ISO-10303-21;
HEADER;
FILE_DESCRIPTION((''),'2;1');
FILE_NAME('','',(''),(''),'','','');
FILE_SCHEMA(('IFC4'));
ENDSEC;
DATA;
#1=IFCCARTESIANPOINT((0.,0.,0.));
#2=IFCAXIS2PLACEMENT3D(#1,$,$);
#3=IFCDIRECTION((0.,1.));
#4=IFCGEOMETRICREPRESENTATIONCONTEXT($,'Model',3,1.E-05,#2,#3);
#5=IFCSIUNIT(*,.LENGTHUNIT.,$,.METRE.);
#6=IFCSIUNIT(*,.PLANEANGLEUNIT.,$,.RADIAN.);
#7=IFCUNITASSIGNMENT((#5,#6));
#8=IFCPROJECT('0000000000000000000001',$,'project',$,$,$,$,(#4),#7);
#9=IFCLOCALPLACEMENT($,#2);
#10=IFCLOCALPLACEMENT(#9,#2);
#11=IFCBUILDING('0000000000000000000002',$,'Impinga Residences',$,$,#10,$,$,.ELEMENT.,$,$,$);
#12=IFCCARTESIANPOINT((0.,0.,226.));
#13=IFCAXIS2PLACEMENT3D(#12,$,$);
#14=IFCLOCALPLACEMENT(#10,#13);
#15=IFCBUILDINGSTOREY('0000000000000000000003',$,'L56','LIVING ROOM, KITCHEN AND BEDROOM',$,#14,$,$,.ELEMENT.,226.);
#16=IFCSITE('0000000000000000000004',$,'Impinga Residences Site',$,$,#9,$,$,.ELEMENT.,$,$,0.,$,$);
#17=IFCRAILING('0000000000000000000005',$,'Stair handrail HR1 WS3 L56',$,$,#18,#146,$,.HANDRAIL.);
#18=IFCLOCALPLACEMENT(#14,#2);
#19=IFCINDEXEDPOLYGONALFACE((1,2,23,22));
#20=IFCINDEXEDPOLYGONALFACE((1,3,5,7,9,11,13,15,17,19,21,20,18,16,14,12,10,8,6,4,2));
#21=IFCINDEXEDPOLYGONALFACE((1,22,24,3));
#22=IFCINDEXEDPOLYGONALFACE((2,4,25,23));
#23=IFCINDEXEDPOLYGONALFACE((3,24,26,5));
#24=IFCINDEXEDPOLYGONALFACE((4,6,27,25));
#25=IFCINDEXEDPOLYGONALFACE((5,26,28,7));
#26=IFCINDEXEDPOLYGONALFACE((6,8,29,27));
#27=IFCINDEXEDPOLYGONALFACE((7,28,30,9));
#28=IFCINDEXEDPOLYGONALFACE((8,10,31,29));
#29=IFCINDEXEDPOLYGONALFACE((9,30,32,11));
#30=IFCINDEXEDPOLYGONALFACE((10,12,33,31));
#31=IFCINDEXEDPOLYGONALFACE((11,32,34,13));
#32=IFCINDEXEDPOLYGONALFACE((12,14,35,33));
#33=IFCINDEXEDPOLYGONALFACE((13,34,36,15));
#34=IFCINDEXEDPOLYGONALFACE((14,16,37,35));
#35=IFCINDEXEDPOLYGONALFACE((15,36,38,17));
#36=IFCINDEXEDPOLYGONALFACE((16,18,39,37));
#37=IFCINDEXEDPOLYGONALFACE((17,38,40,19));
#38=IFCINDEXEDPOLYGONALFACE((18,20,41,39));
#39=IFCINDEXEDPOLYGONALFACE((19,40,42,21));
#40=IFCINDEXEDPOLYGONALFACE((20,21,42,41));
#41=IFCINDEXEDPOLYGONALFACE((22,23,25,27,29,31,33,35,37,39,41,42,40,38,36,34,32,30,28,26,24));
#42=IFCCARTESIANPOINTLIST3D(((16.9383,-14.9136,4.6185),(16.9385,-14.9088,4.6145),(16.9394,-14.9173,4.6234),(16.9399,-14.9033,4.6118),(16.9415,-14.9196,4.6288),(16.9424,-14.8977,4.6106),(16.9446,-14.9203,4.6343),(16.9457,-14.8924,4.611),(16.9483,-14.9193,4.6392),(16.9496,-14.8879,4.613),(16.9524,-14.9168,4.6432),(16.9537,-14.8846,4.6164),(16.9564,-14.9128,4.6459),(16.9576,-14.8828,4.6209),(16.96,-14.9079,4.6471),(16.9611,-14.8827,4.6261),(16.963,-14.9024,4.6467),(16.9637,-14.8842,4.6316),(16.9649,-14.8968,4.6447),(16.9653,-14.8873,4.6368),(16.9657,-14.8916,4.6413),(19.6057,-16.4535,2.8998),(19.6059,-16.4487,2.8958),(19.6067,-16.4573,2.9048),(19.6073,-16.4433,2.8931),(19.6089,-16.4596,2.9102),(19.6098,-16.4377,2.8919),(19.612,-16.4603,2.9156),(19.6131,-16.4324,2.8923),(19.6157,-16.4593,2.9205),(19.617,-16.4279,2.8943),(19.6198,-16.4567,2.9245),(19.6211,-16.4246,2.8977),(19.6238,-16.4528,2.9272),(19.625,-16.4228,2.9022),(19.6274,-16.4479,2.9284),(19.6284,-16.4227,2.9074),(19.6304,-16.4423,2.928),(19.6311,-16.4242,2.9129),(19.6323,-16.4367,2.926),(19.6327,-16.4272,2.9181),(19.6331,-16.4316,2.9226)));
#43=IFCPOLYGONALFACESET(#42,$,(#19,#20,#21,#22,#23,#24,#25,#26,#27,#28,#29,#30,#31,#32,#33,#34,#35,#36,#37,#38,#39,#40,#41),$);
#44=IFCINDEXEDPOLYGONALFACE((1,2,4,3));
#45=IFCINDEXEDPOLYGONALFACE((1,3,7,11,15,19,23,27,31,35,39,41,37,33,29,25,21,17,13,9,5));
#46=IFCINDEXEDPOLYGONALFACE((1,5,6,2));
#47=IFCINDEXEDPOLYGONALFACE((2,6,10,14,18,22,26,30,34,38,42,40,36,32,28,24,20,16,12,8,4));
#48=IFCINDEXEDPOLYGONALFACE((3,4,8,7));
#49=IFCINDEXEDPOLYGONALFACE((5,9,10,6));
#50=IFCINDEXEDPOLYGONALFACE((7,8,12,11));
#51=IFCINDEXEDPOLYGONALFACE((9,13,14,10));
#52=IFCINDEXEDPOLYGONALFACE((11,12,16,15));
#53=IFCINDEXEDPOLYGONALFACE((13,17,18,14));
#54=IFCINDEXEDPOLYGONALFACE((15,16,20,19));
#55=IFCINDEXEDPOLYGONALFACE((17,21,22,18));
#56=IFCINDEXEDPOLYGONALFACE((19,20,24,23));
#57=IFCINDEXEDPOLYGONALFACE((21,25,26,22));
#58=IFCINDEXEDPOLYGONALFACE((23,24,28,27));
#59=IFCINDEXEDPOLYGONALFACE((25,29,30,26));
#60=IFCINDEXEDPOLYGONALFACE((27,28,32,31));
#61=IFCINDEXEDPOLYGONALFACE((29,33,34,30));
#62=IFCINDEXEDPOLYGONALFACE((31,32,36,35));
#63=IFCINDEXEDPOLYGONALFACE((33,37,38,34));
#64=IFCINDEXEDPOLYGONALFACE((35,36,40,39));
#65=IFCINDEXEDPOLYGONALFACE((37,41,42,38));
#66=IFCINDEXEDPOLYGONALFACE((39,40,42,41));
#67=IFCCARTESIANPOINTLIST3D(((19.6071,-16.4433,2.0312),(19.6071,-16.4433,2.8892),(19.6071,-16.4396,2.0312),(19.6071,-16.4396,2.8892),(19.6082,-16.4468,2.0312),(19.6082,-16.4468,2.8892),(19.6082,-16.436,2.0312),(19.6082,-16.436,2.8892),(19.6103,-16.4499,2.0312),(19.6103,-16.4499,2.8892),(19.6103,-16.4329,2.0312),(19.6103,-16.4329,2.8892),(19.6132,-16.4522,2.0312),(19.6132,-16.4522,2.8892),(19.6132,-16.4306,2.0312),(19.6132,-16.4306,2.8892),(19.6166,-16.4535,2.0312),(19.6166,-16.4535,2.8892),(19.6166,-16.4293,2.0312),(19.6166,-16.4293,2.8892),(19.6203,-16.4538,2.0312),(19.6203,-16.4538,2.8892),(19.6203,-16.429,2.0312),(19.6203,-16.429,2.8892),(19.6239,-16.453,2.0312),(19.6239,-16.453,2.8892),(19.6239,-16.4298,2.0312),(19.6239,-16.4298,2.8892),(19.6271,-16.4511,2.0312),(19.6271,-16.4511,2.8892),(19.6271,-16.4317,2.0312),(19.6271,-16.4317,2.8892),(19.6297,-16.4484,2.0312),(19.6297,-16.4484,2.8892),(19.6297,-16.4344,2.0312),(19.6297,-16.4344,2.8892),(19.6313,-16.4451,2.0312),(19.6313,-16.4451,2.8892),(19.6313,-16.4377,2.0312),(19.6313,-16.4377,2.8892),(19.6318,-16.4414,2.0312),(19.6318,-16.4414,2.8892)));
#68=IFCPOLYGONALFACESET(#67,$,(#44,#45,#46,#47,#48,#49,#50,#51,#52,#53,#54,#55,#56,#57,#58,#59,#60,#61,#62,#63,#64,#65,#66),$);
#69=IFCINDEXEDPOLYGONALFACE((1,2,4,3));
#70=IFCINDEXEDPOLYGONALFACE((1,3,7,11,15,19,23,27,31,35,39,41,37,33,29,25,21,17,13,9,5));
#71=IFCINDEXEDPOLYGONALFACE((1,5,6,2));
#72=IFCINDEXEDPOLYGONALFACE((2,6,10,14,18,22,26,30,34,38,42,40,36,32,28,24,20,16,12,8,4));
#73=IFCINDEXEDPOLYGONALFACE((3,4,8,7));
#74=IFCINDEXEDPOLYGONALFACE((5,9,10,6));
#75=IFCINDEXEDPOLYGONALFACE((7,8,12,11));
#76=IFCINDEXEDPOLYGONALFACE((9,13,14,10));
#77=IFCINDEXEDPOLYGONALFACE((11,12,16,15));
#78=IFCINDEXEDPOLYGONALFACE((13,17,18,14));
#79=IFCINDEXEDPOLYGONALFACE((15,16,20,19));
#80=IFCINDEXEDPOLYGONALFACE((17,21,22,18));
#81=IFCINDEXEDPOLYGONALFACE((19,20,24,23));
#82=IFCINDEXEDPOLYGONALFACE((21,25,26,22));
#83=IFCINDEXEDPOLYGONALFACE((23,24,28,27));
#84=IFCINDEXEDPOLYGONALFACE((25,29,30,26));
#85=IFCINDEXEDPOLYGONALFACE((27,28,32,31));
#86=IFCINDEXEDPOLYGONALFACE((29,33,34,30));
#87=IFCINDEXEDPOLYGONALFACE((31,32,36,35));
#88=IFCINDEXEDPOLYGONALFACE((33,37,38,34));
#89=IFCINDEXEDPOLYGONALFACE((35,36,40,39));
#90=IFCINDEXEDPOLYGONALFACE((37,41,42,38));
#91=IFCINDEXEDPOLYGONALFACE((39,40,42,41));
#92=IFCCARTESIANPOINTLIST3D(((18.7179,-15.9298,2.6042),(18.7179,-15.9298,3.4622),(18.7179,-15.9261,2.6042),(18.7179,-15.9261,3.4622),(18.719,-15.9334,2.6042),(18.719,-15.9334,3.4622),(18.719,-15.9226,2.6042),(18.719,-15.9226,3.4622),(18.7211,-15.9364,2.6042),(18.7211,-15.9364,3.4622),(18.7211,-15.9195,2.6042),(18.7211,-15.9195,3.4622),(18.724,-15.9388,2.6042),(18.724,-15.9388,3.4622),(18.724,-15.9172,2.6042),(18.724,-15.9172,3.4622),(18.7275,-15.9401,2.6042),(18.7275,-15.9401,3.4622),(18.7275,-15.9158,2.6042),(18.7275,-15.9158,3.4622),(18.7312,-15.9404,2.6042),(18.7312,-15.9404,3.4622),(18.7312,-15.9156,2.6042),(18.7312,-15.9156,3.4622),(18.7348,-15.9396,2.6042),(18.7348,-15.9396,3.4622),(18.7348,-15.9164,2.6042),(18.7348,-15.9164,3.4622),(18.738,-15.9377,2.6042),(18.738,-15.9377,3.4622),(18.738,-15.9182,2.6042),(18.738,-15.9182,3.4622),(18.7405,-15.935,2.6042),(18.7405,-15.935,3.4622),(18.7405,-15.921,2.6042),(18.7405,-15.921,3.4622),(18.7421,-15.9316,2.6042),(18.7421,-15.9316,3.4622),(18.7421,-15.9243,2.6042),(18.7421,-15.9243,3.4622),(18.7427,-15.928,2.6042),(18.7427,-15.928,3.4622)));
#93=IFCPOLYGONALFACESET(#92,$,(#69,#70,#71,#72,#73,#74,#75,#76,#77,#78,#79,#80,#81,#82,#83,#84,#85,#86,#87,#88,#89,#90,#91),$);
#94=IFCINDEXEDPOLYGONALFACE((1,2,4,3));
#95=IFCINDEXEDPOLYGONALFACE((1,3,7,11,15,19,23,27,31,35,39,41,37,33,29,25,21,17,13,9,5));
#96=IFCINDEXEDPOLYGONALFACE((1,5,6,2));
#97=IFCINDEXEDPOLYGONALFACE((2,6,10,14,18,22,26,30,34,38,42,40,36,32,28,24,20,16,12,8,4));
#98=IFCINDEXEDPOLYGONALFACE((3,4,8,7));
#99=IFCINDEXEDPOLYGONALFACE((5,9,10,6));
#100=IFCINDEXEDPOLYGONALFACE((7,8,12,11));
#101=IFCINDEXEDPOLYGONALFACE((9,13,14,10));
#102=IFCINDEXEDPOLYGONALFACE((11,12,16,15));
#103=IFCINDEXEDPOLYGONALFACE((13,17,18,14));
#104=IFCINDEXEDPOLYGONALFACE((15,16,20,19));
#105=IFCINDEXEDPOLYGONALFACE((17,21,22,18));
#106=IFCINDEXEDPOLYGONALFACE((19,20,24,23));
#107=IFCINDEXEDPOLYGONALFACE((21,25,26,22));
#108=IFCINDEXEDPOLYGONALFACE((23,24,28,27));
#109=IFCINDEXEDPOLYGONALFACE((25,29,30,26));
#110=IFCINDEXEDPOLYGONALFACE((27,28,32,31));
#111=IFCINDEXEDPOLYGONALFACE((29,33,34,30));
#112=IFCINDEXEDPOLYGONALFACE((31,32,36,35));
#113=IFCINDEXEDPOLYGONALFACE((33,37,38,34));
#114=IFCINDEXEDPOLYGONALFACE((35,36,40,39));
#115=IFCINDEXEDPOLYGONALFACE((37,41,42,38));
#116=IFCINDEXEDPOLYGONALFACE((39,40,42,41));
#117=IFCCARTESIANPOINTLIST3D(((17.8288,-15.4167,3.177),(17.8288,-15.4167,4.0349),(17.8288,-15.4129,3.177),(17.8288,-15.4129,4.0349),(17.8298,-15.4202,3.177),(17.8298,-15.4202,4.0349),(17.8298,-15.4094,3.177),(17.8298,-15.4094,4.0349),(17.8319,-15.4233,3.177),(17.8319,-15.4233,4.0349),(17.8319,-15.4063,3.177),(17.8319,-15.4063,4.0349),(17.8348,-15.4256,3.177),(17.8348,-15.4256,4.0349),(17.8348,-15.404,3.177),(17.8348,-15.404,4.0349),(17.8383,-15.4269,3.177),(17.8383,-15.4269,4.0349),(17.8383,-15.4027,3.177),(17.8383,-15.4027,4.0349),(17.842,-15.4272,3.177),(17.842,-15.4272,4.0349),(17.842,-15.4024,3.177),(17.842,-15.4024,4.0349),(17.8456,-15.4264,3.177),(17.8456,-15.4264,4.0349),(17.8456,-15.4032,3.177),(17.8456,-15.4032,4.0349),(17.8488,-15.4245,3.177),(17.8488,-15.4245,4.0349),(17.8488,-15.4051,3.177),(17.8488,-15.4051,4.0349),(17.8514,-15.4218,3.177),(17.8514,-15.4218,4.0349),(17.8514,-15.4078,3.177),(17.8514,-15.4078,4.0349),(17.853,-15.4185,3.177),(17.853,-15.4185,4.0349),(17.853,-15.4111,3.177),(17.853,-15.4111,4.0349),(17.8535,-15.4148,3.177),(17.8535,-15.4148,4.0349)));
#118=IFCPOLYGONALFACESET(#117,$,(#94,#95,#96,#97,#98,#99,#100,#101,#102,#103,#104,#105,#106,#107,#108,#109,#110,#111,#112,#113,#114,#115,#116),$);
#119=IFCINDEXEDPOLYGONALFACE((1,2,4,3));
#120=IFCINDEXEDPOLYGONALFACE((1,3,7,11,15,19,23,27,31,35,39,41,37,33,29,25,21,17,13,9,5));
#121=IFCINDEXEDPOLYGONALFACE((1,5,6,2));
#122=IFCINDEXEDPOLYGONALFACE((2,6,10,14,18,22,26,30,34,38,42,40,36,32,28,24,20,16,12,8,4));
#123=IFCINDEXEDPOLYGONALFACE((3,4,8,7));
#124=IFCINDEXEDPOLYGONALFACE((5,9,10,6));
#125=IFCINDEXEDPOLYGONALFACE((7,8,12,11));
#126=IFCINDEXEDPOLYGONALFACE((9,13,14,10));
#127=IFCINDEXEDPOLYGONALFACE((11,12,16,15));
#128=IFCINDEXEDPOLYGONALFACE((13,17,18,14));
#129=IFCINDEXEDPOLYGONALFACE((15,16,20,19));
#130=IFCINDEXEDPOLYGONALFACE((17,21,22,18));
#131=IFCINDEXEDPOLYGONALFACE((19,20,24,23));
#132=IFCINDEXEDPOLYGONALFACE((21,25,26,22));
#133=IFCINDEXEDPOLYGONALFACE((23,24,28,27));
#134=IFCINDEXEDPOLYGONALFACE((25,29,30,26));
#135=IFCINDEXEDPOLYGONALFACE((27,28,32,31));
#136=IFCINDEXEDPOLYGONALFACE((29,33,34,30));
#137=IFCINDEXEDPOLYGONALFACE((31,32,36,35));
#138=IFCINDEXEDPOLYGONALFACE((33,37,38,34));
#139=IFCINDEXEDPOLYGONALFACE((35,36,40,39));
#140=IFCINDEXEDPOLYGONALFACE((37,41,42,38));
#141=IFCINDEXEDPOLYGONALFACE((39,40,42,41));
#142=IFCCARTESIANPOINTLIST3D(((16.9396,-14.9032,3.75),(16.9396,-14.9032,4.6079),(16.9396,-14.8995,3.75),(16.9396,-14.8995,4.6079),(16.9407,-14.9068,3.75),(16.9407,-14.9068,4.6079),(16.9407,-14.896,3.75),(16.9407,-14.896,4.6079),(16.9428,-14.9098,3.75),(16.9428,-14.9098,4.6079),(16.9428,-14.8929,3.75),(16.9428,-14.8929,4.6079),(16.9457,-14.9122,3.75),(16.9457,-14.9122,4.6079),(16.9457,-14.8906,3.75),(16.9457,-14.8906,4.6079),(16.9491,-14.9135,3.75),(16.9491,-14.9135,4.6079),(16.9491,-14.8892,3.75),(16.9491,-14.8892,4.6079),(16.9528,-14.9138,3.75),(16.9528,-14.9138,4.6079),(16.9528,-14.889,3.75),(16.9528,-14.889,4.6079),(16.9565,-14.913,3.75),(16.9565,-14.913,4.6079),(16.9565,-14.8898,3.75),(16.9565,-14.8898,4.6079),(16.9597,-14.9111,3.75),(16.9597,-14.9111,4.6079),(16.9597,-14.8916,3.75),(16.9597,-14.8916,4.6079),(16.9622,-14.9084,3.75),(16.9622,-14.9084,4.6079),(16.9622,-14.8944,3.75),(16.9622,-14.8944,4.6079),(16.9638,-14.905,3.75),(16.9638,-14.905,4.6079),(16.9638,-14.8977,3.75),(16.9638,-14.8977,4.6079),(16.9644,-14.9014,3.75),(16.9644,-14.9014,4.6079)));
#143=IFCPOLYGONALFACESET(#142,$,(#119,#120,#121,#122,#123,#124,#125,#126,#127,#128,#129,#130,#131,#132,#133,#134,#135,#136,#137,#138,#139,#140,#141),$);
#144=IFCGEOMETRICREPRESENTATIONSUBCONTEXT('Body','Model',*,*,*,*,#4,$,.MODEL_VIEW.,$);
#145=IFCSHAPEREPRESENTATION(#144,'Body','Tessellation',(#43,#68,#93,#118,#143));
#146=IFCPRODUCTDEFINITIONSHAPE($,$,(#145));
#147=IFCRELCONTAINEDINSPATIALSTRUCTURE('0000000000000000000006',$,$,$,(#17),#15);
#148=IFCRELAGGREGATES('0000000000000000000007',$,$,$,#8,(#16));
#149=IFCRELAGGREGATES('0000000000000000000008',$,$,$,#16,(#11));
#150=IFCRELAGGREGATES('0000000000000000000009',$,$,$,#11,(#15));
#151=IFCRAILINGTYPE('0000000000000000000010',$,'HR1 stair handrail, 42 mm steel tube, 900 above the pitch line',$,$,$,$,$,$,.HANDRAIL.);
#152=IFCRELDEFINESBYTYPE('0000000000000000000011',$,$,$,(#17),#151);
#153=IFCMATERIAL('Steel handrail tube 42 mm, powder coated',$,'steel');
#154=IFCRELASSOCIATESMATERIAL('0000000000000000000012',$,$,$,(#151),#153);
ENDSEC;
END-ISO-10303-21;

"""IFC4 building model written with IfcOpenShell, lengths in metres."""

from ifc_helpers import new_model, si_unit, direction, frame, origin, origin_2d, place, context, subcontext, project, spatial, circle, extrude, material, type_object, element, save


model = new_model("IFC4")

# Units and contexts
model_context = context("Model", 3, precision=1e-05, world=origin(), true_north=direction((0.0, 1.0)))
body_context = subcontext(model_context, "Body", "Model", "MODEL_VIEW")
ifc_project = project(units=[si_unit("LENGTHUNIT", "METRE"), si_unit("PLANEANGLEUNIT", "RADIAN")], contexts=[model_context])

# Site, building, storey
site_placement = place(None, origin())
site = spatial("IfcSite", under=ifc_project, at=site_placement, Name="Impinga Residences Site", CompositionType="ELEMENT", RefElevation=0.0)
building_placement = place(site_placement, origin())
building = spatial("IfcBuilding", under=site, at=building_placement, Name="Impinga Residences", CompositionType="ELEMENT")
storey_placement = place(building_placement, frame((0.0, 0.0, 226.0)))
storey = spatial("IfcBuildingStorey", under=building, at=storey_placement, Name="L56", Description="LIVING ROOM, KITCHEN AND BEDROOM", CompositionType="ELEMENT", Elevation=226.0)

# Railing
ifc_material_1 = material(Name="Steel handrail tube 42 mm, powder coated", Category="steel")
railing_type = type_object("IfcRailingType", Name="HR1 stair handrail, 42 mm steel tube, 900 above the pitch line", PredefinedType="HANDRAIL", material=ifc_material_1)
railing_1_placement = place(storey_placement, frame((19.6194, -16.4414, 2.0312)))
element("IfcRailing", 1, at=railing_1_placement, inside=storey, type_object=railing_type, Name="Stair handrail HR1 WS3 L56", PredefinedType="HANDRAIL", context=body_context, shape_type="SweptSolid", body=[
    extrude(circle(Radius=0.021, at=origin_2d()), frame((0.0, 0.0, 0.8789), z_axis=(-0.756256, 0.436616, 0.487282), x_axis=(-0.499992, -0.86603, 0.0)), (0.0, 0.0, 1.0), 3.5271),
    extrude(circle(Radius=0.0125, at=origin_2d()), origin(), (0.0, 0.0, 1.0), 0.8579),
    extrude(circle(Radius=0.0125, at=origin_2d()), frame((-0.8892, 0.5134, 0.573)), (0.0, 0.0, 1.0), 0.8579),
    extrude(circle(Radius=0.0125, at=origin_2d()), frame((-1.7783, 1.0266, 1.1458)), (0.0, 0.0, 1.0), 0.8579),
    extrude(circle(Radius=0.0125, at=origin_2d()), frame((-2.6675, 1.54, 1.7188)), (0.0, 0.0, 1.0), 0.8579),
])

save(model, "model.ifc")
